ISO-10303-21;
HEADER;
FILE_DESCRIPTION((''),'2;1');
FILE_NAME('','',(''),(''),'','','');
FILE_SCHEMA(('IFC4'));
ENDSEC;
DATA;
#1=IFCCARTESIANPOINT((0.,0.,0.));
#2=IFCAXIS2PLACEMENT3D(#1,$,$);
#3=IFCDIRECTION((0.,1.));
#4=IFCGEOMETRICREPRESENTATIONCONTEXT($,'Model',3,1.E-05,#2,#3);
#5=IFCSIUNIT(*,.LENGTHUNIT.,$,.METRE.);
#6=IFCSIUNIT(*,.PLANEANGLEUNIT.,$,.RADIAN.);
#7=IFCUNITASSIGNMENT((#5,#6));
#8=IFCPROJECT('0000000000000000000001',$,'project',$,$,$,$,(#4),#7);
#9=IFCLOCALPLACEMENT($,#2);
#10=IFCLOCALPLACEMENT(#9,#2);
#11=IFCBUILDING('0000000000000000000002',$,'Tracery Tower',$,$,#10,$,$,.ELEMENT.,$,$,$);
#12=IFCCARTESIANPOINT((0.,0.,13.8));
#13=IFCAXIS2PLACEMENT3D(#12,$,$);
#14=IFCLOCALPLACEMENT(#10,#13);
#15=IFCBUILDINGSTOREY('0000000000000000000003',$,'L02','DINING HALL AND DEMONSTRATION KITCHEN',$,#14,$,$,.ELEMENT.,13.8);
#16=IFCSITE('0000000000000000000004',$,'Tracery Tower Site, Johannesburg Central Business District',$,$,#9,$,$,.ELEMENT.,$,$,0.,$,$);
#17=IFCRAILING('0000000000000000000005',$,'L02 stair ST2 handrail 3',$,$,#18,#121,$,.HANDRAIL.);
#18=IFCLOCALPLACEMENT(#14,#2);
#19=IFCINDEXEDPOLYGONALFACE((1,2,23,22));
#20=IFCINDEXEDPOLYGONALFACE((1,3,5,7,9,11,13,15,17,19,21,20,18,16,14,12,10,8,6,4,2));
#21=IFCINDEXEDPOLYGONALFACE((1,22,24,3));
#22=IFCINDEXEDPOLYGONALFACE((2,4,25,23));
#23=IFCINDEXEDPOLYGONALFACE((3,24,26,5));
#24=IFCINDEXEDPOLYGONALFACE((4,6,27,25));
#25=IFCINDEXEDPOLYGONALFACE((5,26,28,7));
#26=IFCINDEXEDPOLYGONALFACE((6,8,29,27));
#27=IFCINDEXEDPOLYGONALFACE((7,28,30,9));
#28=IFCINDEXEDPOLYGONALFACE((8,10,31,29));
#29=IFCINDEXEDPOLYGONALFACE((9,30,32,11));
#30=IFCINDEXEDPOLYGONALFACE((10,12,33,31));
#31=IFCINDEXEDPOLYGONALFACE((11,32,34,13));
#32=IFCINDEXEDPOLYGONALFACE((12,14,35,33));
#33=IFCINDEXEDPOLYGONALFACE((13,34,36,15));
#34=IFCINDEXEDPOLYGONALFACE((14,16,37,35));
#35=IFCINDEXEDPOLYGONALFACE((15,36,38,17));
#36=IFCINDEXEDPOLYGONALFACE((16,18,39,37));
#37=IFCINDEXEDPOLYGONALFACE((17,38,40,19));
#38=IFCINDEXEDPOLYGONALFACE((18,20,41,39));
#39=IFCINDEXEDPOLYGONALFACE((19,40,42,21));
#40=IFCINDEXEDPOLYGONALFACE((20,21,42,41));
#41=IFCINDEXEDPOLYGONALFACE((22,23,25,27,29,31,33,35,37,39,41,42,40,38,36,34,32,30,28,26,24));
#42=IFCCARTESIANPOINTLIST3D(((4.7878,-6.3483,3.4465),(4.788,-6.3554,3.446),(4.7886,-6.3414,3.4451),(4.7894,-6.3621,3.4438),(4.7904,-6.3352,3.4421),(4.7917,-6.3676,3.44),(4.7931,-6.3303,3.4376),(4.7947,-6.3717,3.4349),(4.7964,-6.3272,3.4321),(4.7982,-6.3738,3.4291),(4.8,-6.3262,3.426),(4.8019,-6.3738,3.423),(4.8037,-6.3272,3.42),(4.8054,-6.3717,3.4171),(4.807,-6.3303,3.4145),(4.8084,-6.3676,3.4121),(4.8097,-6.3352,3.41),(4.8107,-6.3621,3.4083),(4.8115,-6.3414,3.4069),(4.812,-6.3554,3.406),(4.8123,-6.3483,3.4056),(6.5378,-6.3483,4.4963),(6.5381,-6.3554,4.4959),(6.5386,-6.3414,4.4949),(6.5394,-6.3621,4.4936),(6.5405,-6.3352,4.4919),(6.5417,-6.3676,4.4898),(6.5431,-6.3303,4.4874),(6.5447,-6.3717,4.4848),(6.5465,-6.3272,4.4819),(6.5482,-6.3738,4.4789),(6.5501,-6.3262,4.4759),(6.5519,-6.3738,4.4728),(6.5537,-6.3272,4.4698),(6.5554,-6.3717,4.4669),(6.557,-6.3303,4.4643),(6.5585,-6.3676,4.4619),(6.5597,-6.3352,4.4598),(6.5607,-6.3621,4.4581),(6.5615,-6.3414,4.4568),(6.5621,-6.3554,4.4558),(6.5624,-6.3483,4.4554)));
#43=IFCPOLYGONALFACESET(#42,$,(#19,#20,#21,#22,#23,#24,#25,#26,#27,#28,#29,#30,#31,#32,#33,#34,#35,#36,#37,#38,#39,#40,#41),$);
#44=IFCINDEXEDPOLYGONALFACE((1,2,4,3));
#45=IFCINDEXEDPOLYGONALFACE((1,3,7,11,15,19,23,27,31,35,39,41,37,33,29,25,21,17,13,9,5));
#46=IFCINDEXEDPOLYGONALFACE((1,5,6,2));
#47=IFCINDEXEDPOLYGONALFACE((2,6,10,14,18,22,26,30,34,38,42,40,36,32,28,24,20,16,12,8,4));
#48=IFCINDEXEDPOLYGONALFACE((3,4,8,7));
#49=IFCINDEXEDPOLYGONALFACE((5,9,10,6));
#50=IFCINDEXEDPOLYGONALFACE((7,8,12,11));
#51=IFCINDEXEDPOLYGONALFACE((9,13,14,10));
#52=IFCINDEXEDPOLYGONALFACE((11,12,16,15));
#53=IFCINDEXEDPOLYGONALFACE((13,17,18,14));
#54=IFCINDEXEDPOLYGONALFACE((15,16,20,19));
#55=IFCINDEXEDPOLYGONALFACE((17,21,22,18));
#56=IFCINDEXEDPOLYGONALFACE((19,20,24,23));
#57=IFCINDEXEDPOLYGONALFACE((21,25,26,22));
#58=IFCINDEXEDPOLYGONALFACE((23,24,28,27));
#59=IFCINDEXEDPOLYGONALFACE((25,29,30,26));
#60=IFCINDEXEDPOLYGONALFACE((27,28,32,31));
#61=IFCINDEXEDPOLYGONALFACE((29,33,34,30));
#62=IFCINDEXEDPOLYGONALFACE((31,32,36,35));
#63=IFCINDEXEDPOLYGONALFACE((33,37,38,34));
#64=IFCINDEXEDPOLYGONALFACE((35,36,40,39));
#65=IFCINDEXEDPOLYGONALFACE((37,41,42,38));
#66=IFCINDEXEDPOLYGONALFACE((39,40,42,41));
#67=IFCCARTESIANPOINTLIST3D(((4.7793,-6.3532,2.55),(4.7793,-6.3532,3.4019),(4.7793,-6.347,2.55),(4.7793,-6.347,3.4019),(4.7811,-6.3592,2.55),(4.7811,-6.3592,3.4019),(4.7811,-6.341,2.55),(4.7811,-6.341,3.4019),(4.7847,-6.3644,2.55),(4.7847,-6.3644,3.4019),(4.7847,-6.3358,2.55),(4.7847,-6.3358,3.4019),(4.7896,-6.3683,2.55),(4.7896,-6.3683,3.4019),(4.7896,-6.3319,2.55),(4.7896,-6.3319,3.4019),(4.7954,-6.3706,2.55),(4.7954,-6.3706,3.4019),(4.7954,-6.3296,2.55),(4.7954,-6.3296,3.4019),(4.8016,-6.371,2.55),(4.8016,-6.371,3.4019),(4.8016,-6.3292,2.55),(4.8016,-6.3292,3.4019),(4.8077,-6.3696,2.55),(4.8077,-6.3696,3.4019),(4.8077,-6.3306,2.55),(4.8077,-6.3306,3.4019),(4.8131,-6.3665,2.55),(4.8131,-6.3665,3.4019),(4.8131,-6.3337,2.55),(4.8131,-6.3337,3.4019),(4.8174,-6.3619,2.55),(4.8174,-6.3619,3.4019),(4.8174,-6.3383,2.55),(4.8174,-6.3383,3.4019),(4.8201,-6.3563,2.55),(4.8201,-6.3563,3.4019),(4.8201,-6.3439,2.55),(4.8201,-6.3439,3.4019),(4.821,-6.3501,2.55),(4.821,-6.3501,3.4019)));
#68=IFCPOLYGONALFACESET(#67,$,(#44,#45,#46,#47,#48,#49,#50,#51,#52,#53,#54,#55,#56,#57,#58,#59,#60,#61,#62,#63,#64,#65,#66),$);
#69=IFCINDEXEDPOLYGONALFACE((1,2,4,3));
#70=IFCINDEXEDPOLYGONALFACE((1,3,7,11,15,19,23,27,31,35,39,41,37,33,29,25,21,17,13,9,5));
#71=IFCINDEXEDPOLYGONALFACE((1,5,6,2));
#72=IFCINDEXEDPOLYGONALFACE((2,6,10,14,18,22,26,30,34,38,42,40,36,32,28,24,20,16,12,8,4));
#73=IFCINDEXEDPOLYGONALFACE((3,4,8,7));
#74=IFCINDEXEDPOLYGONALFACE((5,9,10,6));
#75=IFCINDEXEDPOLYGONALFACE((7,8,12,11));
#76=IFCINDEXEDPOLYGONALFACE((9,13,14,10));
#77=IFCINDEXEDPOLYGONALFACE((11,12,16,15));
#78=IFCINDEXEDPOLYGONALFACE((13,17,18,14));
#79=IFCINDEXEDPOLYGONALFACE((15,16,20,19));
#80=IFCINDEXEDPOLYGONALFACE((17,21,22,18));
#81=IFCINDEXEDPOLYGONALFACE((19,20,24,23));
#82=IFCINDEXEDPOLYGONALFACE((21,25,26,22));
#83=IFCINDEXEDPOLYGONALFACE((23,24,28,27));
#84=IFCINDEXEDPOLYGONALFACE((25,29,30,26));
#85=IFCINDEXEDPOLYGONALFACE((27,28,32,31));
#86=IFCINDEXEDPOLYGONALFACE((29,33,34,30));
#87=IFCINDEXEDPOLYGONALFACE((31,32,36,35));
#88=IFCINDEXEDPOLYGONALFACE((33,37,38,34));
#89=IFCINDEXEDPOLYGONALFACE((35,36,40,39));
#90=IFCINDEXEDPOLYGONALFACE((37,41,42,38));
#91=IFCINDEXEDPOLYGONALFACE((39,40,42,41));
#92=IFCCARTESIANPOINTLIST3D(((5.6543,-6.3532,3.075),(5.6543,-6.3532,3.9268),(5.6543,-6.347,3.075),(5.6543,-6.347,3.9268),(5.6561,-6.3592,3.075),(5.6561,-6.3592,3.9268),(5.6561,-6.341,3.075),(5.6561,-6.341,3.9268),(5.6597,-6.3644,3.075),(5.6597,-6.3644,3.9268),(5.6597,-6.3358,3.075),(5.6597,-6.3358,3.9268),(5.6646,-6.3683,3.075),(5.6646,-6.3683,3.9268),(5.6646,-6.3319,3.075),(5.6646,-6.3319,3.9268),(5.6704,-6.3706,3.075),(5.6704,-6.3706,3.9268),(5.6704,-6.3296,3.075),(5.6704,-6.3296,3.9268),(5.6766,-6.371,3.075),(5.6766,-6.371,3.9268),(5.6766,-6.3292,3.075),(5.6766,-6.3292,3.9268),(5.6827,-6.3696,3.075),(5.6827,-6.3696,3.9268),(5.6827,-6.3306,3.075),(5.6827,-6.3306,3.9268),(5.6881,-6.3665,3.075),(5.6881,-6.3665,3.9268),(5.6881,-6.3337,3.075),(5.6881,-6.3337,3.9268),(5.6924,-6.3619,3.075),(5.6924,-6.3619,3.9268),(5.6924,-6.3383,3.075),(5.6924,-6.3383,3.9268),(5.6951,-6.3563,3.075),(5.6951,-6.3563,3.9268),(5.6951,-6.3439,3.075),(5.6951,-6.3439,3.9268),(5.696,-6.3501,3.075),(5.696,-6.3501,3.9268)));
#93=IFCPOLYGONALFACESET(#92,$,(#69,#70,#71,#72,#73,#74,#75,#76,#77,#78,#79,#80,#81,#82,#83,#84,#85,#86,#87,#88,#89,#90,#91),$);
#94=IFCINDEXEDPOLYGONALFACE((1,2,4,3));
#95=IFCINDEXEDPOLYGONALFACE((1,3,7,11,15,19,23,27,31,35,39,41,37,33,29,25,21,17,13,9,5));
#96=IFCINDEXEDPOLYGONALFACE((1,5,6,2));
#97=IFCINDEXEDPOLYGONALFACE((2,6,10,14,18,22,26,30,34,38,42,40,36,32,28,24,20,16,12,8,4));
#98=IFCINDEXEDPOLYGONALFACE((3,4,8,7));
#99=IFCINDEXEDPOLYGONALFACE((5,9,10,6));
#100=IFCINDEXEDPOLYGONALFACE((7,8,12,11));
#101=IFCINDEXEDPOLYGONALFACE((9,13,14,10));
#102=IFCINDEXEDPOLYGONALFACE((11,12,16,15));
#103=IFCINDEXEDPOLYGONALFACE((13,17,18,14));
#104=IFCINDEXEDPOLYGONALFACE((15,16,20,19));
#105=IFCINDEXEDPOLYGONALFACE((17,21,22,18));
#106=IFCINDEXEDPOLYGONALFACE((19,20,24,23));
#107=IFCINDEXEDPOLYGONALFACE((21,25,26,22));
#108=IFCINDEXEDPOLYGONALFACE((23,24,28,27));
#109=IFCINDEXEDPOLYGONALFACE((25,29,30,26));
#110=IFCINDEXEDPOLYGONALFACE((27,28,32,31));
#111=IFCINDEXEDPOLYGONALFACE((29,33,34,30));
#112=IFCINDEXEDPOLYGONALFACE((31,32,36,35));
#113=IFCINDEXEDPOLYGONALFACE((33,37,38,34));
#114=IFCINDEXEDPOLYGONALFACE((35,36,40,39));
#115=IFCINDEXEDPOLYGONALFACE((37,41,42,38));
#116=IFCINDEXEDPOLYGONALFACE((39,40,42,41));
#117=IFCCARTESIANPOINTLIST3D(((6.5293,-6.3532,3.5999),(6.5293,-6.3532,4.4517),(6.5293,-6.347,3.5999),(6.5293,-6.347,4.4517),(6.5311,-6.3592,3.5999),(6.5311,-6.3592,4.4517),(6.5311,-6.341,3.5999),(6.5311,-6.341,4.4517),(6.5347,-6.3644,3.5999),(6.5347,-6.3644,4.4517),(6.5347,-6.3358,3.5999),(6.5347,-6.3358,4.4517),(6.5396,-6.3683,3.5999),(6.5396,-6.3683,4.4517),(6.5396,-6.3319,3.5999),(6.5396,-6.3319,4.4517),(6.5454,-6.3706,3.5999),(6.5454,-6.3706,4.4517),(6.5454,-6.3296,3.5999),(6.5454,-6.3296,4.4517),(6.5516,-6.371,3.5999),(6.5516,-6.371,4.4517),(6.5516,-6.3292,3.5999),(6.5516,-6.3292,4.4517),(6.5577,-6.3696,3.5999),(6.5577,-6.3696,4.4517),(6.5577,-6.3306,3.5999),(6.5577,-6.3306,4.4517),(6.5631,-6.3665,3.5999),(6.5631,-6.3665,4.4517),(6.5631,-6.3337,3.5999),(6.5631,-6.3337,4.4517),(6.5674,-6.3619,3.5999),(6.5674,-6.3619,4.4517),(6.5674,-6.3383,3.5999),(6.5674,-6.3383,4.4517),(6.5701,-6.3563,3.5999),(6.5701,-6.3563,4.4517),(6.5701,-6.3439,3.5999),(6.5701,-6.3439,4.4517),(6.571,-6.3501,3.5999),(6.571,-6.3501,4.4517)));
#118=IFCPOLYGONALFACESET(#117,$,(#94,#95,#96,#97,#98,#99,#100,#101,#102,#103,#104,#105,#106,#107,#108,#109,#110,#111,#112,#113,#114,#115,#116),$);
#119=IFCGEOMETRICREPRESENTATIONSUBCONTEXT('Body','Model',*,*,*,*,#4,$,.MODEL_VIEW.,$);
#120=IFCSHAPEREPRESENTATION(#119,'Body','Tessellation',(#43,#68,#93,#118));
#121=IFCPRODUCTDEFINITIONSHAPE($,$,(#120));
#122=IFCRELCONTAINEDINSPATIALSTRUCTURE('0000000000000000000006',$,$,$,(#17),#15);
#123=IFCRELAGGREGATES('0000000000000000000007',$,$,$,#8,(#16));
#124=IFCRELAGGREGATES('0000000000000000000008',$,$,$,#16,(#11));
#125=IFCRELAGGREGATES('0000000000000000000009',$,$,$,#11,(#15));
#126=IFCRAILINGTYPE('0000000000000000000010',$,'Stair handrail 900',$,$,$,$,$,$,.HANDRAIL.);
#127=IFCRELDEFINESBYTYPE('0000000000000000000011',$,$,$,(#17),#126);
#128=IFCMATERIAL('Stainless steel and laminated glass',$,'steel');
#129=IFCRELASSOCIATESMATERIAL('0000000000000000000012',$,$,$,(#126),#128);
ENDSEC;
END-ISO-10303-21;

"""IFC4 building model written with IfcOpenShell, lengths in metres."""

from ifc_helpers import new_model, si_unit, direction, frame, origin, origin_2d, place, context, subcontext, project, spatial, circle, extrude, material, type_object, element, save


model = new_model("IFC4")

# Units and contexts
model_context = context("Model", 3, precision=1e-05, world=origin(), true_north=direction((0.0, 1.0)))
body_context = subcontext(model_context, "Body", "Model", "MODEL_VIEW")
ifc_project = project(units=[si_unit("LENGTHUNIT", "METRE"), si_unit("PLANEANGLEUNIT", "RADIAN")], contexts=[model_context])

# Site, building, storey
site_placement = place(None, origin())
site = spatial("IfcSite", under=ifc_project, at=site_placement, Name="Tracery Tower Site, Johannesburg Central Business District", CompositionType="ELEMENT", RefElevation=0.0)
building_placement = place(site_placement, origin())
building = spatial("IfcBuilding", under=site, at=building_placement, Name="Tracery Tower", CompositionType="ELEMENT")
storey_placement = place(building_placement, frame((0.0, 0.0, 13.8)))
storey = spatial("IfcBuildingStorey", under=building, at=storey_placement, Name="L02", Description="DINING HALL AND DEMONSTRATION KITCHEN", CompositionType="ELEMENT", Elevation=13.8)

# Railing
ifc_material_1 = material(Name="Stainless steel and laminated glass", Category="steel")
railing_type_1 = type_object("IfcRailingType", Name="Stair handrail 900", PredefinedType="HANDRAIL", material=ifc_material_1)
railing_1_placement = place(storey_placement, frame((4.8, -6.3501, 2.55)))
element("IfcRailing", 1, at=railing_1_placement, inside=storey, type_object=railing_type_1, Name="L02 stair ST2 handrail 3", PredefinedType="HANDRAIL", context=body_context, shape_type="SweptSolid", body=[
    extrude(circle(Radius=0.0239, at=origin_2d()), frame((0.0, 0.0, 0.876), z_axis=(0.857535, 0.0, 0.514425), x_axis=(0.0, 1.0, 0.0)), (0.0, 0.0, 1.0), 2.0408),
    extrude(circle(Radius=0.021, at=origin_2d()), origin(), (0.0, 0.0, 1.0), 0.8518),
    extrude(circle(Radius=0.021, at=origin_2d()), frame((0.875, 0.0, 0.5249)), (0.0, 0.0, 1.0), 0.8518),
    extrude(circle(Radius=0.021, at=origin_2d()), frame((1.75, 0.0, 1.0498)), (0.0, 0.0, 1.0), 0.8518),
])

save(model, "model.ifc")
